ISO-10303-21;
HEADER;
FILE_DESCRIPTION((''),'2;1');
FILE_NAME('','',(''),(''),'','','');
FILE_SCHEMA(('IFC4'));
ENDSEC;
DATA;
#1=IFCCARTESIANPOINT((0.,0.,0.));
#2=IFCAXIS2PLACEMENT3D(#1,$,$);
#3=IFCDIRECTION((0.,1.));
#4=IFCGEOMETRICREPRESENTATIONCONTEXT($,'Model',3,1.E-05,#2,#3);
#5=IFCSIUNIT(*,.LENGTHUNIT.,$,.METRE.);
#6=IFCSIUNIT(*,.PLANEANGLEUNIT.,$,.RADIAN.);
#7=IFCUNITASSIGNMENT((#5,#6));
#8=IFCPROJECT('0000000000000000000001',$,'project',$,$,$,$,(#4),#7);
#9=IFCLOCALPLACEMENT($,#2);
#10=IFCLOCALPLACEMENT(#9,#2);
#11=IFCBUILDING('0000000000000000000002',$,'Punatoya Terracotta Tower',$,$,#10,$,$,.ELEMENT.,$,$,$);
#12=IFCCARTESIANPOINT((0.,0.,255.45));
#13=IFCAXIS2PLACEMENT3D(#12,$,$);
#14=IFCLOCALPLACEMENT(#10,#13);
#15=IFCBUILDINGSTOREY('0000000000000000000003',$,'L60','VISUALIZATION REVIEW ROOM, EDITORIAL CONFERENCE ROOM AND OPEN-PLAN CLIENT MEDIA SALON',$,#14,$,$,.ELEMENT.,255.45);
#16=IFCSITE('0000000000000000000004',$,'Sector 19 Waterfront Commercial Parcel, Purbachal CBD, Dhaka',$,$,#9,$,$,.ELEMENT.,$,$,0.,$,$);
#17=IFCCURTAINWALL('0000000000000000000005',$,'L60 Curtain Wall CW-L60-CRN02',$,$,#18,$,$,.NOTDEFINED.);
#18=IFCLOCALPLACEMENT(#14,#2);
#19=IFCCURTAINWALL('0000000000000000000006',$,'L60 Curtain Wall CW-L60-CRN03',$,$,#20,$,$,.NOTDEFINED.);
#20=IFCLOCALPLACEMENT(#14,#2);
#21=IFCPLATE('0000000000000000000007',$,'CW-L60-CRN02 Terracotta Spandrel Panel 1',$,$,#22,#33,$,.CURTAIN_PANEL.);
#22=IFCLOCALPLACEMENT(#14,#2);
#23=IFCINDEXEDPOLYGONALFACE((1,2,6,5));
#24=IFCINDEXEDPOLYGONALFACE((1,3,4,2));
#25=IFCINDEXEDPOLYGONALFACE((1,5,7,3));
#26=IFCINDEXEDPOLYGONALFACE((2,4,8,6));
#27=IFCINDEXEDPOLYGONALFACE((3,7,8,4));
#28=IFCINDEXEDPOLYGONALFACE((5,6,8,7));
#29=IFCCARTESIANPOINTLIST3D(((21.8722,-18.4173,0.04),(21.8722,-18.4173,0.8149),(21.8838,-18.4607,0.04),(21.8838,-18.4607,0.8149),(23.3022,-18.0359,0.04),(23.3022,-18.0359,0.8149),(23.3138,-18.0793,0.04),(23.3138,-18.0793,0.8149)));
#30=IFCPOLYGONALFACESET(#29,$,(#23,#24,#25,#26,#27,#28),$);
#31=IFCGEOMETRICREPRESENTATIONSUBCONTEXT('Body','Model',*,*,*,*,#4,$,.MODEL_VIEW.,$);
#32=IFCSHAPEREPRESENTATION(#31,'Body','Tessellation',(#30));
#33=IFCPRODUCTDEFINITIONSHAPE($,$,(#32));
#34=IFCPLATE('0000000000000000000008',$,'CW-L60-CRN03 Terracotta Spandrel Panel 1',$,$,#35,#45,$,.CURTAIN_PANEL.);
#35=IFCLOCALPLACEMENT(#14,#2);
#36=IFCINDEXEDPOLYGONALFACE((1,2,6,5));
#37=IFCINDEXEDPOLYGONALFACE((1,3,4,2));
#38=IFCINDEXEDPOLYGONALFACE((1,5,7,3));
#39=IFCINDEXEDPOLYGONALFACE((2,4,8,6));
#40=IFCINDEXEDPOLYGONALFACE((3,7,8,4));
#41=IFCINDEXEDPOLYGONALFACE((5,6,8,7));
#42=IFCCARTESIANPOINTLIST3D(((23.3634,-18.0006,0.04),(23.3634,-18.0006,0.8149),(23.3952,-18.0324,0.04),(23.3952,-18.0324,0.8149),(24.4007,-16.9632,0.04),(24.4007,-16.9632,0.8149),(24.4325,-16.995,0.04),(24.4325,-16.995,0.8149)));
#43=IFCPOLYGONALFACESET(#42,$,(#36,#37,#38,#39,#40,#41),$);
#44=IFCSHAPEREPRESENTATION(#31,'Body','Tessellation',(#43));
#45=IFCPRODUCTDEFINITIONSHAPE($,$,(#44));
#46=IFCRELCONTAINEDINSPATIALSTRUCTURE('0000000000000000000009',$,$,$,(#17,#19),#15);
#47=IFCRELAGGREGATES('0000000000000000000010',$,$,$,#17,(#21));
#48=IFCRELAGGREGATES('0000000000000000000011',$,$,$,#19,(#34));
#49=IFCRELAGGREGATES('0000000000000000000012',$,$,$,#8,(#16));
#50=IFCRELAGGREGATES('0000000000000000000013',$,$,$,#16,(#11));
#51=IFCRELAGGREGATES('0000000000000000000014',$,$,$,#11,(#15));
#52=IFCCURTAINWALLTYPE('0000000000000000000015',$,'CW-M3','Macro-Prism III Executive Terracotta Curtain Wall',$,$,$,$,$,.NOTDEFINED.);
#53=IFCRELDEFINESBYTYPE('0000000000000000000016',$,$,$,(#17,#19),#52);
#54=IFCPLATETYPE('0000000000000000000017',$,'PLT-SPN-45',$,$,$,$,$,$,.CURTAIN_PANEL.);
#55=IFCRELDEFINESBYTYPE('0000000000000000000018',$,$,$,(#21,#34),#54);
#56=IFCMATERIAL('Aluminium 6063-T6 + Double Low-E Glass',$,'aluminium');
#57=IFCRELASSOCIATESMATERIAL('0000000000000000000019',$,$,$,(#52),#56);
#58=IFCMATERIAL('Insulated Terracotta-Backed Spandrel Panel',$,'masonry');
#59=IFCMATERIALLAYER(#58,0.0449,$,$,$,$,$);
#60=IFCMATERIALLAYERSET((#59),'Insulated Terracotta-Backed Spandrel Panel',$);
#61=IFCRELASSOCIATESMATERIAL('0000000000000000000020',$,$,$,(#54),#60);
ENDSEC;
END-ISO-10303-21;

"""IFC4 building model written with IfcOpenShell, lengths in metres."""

from ifc_helpers import new_model, si_unit, direction, frame, origin, origin_2d, place, context, subcontext, project, spatial, rectangle, extrude, material, layer, layer_set, type_object, element, aggregate, save


model = new_model("IFC4")

# Units and contexts
model_context = context("Model", 3, precision=1e-05, world=origin(), true_north=direction((0.0, 1.0)))
body_context = subcontext(model_context, "Body", "Model", "MODEL_VIEW")
ifc_project = project(units=[si_unit("LENGTHUNIT", "METRE"), si_unit("PLANEANGLEUNIT", "RADIAN")], contexts=[model_context])

# Site, building, storey
site_placement = place(None, origin())
site = spatial("IfcSite", under=ifc_project, at=site_placement, Name="Sector 19 Waterfront Commercial Parcel, Purbachal CBD, Dhaka", CompositionType="ELEMENT", RefElevation=0.0)
building_placement = place(site_placement, origin())
building = spatial("IfcBuilding", under=site, at=building_placement, Name="Punatoya Terracotta Tower", CompositionType="ELEMENT")
storey_placement = place(building_placement, frame((0.0, 0.0, 255.45)))
storey = spatial("IfcBuildingStorey", under=building, at=storey_placement, Name="L60", Description="VISUALIZATION REVIEW ROOM, EDITORIAL CONFERENCE ROOM AND OPEN-PLAN CLIENT MEDIA SALON", CompositionType="ELEMENT", Elevation=255.45)

# Curtain walls
ifc_material_1 = material(Name="Aluminium 6063-T6 + Double Low-E Glass", Category="aluminium")
curtain_wall_type = type_object("IfcCurtainWallType", Name="CW-M3", Description="Macro-Prism III Executive Terracotta Curtain Wall", PredefinedType="NOTDEFINED", material=ifc_material_1)
curtain_wall_1_placement = place(storey_placement, origin())
curtain_wall_1 = element("IfcCurtainWall", 1, at=curtain_wall_1_placement, inside=storey, type_object=curtain_wall_type, Name="L60 Curtain Wall CW-L60-CRN02", PredefinedType="NOTDEFINED")
curtain_wall_2_placement = place(storey_placement, origin())
curtain_wall_2 = element("IfcCurtainWall", 2, at=curtain_wall_2_placement, inside=storey, type_object=curtain_wall_type, Name="L60 Curtain Wall CW-L60-CRN03", PredefinedType="NOTDEFINED")

# Plates
ifc_material_2 = material(Name="Insulated Terracotta-Backed Spandrel Panel", Category="masonry")
ifc_layer_1 = layer(ifc_material_2, 0.0449)
ifc_layer_set_1 = layer_set([ifc_layer_1], Name="Insulated Terracotta-Backed Spandrel Panel")
plate_type_1 = type_object("IfcPlateType", Name="PLT-SPN-45", PredefinedType="CURTAIN_PANEL", material=ifc_layer_set_1)
plate_1_placement = place(storey_placement, frame((22.593, -18.2483, 0.04), z_axis=(0.0, 0.0, 1.0), x_axis=(0.966214, 0.257742, 0.0)))
plate_1 = element("IfcPlate", 3, at=plate_1_placement, type_object=plate_type_1, Name="CW-L60-CRN02 Terracotta Spandrel Panel 1", PredefinedType="CURTAIN_PANEL", context=body_context, shape_type="SweptSolid", body=[
    extrude(rectangle(XDim=1.48, YDim=0.0449, at=origin_2d()), origin(), (0.0, 0.0, 1.0), 0.7749),
])
aggregate(curtain_wall_1, [plate_1])
plate_2_placement = place(storey_placement, frame((23.8979, -17.4978, 0.04), z_axis=(0.0, 0.0, 1.0), x_axis=(0.707107, 0.707107, 0.0)))
plate_2 = element("IfcPlate", 4, at=plate_2_placement, type_object=plate_type_1, Name="CW-L60-CRN03 Terracotta Spandrel Panel 1", PredefinedType="CURTAIN_PANEL", context=body_context, shape_type="SweptSolid", body=[
    extrude(rectangle(XDim=1.467, YDim=0.0449, at=origin_2d()), origin(), (0.0, 0.0, 1.0), 0.7749),
])
aggregate(curtain_wall_2, [plate_2])

save(model, "model.ifc")
